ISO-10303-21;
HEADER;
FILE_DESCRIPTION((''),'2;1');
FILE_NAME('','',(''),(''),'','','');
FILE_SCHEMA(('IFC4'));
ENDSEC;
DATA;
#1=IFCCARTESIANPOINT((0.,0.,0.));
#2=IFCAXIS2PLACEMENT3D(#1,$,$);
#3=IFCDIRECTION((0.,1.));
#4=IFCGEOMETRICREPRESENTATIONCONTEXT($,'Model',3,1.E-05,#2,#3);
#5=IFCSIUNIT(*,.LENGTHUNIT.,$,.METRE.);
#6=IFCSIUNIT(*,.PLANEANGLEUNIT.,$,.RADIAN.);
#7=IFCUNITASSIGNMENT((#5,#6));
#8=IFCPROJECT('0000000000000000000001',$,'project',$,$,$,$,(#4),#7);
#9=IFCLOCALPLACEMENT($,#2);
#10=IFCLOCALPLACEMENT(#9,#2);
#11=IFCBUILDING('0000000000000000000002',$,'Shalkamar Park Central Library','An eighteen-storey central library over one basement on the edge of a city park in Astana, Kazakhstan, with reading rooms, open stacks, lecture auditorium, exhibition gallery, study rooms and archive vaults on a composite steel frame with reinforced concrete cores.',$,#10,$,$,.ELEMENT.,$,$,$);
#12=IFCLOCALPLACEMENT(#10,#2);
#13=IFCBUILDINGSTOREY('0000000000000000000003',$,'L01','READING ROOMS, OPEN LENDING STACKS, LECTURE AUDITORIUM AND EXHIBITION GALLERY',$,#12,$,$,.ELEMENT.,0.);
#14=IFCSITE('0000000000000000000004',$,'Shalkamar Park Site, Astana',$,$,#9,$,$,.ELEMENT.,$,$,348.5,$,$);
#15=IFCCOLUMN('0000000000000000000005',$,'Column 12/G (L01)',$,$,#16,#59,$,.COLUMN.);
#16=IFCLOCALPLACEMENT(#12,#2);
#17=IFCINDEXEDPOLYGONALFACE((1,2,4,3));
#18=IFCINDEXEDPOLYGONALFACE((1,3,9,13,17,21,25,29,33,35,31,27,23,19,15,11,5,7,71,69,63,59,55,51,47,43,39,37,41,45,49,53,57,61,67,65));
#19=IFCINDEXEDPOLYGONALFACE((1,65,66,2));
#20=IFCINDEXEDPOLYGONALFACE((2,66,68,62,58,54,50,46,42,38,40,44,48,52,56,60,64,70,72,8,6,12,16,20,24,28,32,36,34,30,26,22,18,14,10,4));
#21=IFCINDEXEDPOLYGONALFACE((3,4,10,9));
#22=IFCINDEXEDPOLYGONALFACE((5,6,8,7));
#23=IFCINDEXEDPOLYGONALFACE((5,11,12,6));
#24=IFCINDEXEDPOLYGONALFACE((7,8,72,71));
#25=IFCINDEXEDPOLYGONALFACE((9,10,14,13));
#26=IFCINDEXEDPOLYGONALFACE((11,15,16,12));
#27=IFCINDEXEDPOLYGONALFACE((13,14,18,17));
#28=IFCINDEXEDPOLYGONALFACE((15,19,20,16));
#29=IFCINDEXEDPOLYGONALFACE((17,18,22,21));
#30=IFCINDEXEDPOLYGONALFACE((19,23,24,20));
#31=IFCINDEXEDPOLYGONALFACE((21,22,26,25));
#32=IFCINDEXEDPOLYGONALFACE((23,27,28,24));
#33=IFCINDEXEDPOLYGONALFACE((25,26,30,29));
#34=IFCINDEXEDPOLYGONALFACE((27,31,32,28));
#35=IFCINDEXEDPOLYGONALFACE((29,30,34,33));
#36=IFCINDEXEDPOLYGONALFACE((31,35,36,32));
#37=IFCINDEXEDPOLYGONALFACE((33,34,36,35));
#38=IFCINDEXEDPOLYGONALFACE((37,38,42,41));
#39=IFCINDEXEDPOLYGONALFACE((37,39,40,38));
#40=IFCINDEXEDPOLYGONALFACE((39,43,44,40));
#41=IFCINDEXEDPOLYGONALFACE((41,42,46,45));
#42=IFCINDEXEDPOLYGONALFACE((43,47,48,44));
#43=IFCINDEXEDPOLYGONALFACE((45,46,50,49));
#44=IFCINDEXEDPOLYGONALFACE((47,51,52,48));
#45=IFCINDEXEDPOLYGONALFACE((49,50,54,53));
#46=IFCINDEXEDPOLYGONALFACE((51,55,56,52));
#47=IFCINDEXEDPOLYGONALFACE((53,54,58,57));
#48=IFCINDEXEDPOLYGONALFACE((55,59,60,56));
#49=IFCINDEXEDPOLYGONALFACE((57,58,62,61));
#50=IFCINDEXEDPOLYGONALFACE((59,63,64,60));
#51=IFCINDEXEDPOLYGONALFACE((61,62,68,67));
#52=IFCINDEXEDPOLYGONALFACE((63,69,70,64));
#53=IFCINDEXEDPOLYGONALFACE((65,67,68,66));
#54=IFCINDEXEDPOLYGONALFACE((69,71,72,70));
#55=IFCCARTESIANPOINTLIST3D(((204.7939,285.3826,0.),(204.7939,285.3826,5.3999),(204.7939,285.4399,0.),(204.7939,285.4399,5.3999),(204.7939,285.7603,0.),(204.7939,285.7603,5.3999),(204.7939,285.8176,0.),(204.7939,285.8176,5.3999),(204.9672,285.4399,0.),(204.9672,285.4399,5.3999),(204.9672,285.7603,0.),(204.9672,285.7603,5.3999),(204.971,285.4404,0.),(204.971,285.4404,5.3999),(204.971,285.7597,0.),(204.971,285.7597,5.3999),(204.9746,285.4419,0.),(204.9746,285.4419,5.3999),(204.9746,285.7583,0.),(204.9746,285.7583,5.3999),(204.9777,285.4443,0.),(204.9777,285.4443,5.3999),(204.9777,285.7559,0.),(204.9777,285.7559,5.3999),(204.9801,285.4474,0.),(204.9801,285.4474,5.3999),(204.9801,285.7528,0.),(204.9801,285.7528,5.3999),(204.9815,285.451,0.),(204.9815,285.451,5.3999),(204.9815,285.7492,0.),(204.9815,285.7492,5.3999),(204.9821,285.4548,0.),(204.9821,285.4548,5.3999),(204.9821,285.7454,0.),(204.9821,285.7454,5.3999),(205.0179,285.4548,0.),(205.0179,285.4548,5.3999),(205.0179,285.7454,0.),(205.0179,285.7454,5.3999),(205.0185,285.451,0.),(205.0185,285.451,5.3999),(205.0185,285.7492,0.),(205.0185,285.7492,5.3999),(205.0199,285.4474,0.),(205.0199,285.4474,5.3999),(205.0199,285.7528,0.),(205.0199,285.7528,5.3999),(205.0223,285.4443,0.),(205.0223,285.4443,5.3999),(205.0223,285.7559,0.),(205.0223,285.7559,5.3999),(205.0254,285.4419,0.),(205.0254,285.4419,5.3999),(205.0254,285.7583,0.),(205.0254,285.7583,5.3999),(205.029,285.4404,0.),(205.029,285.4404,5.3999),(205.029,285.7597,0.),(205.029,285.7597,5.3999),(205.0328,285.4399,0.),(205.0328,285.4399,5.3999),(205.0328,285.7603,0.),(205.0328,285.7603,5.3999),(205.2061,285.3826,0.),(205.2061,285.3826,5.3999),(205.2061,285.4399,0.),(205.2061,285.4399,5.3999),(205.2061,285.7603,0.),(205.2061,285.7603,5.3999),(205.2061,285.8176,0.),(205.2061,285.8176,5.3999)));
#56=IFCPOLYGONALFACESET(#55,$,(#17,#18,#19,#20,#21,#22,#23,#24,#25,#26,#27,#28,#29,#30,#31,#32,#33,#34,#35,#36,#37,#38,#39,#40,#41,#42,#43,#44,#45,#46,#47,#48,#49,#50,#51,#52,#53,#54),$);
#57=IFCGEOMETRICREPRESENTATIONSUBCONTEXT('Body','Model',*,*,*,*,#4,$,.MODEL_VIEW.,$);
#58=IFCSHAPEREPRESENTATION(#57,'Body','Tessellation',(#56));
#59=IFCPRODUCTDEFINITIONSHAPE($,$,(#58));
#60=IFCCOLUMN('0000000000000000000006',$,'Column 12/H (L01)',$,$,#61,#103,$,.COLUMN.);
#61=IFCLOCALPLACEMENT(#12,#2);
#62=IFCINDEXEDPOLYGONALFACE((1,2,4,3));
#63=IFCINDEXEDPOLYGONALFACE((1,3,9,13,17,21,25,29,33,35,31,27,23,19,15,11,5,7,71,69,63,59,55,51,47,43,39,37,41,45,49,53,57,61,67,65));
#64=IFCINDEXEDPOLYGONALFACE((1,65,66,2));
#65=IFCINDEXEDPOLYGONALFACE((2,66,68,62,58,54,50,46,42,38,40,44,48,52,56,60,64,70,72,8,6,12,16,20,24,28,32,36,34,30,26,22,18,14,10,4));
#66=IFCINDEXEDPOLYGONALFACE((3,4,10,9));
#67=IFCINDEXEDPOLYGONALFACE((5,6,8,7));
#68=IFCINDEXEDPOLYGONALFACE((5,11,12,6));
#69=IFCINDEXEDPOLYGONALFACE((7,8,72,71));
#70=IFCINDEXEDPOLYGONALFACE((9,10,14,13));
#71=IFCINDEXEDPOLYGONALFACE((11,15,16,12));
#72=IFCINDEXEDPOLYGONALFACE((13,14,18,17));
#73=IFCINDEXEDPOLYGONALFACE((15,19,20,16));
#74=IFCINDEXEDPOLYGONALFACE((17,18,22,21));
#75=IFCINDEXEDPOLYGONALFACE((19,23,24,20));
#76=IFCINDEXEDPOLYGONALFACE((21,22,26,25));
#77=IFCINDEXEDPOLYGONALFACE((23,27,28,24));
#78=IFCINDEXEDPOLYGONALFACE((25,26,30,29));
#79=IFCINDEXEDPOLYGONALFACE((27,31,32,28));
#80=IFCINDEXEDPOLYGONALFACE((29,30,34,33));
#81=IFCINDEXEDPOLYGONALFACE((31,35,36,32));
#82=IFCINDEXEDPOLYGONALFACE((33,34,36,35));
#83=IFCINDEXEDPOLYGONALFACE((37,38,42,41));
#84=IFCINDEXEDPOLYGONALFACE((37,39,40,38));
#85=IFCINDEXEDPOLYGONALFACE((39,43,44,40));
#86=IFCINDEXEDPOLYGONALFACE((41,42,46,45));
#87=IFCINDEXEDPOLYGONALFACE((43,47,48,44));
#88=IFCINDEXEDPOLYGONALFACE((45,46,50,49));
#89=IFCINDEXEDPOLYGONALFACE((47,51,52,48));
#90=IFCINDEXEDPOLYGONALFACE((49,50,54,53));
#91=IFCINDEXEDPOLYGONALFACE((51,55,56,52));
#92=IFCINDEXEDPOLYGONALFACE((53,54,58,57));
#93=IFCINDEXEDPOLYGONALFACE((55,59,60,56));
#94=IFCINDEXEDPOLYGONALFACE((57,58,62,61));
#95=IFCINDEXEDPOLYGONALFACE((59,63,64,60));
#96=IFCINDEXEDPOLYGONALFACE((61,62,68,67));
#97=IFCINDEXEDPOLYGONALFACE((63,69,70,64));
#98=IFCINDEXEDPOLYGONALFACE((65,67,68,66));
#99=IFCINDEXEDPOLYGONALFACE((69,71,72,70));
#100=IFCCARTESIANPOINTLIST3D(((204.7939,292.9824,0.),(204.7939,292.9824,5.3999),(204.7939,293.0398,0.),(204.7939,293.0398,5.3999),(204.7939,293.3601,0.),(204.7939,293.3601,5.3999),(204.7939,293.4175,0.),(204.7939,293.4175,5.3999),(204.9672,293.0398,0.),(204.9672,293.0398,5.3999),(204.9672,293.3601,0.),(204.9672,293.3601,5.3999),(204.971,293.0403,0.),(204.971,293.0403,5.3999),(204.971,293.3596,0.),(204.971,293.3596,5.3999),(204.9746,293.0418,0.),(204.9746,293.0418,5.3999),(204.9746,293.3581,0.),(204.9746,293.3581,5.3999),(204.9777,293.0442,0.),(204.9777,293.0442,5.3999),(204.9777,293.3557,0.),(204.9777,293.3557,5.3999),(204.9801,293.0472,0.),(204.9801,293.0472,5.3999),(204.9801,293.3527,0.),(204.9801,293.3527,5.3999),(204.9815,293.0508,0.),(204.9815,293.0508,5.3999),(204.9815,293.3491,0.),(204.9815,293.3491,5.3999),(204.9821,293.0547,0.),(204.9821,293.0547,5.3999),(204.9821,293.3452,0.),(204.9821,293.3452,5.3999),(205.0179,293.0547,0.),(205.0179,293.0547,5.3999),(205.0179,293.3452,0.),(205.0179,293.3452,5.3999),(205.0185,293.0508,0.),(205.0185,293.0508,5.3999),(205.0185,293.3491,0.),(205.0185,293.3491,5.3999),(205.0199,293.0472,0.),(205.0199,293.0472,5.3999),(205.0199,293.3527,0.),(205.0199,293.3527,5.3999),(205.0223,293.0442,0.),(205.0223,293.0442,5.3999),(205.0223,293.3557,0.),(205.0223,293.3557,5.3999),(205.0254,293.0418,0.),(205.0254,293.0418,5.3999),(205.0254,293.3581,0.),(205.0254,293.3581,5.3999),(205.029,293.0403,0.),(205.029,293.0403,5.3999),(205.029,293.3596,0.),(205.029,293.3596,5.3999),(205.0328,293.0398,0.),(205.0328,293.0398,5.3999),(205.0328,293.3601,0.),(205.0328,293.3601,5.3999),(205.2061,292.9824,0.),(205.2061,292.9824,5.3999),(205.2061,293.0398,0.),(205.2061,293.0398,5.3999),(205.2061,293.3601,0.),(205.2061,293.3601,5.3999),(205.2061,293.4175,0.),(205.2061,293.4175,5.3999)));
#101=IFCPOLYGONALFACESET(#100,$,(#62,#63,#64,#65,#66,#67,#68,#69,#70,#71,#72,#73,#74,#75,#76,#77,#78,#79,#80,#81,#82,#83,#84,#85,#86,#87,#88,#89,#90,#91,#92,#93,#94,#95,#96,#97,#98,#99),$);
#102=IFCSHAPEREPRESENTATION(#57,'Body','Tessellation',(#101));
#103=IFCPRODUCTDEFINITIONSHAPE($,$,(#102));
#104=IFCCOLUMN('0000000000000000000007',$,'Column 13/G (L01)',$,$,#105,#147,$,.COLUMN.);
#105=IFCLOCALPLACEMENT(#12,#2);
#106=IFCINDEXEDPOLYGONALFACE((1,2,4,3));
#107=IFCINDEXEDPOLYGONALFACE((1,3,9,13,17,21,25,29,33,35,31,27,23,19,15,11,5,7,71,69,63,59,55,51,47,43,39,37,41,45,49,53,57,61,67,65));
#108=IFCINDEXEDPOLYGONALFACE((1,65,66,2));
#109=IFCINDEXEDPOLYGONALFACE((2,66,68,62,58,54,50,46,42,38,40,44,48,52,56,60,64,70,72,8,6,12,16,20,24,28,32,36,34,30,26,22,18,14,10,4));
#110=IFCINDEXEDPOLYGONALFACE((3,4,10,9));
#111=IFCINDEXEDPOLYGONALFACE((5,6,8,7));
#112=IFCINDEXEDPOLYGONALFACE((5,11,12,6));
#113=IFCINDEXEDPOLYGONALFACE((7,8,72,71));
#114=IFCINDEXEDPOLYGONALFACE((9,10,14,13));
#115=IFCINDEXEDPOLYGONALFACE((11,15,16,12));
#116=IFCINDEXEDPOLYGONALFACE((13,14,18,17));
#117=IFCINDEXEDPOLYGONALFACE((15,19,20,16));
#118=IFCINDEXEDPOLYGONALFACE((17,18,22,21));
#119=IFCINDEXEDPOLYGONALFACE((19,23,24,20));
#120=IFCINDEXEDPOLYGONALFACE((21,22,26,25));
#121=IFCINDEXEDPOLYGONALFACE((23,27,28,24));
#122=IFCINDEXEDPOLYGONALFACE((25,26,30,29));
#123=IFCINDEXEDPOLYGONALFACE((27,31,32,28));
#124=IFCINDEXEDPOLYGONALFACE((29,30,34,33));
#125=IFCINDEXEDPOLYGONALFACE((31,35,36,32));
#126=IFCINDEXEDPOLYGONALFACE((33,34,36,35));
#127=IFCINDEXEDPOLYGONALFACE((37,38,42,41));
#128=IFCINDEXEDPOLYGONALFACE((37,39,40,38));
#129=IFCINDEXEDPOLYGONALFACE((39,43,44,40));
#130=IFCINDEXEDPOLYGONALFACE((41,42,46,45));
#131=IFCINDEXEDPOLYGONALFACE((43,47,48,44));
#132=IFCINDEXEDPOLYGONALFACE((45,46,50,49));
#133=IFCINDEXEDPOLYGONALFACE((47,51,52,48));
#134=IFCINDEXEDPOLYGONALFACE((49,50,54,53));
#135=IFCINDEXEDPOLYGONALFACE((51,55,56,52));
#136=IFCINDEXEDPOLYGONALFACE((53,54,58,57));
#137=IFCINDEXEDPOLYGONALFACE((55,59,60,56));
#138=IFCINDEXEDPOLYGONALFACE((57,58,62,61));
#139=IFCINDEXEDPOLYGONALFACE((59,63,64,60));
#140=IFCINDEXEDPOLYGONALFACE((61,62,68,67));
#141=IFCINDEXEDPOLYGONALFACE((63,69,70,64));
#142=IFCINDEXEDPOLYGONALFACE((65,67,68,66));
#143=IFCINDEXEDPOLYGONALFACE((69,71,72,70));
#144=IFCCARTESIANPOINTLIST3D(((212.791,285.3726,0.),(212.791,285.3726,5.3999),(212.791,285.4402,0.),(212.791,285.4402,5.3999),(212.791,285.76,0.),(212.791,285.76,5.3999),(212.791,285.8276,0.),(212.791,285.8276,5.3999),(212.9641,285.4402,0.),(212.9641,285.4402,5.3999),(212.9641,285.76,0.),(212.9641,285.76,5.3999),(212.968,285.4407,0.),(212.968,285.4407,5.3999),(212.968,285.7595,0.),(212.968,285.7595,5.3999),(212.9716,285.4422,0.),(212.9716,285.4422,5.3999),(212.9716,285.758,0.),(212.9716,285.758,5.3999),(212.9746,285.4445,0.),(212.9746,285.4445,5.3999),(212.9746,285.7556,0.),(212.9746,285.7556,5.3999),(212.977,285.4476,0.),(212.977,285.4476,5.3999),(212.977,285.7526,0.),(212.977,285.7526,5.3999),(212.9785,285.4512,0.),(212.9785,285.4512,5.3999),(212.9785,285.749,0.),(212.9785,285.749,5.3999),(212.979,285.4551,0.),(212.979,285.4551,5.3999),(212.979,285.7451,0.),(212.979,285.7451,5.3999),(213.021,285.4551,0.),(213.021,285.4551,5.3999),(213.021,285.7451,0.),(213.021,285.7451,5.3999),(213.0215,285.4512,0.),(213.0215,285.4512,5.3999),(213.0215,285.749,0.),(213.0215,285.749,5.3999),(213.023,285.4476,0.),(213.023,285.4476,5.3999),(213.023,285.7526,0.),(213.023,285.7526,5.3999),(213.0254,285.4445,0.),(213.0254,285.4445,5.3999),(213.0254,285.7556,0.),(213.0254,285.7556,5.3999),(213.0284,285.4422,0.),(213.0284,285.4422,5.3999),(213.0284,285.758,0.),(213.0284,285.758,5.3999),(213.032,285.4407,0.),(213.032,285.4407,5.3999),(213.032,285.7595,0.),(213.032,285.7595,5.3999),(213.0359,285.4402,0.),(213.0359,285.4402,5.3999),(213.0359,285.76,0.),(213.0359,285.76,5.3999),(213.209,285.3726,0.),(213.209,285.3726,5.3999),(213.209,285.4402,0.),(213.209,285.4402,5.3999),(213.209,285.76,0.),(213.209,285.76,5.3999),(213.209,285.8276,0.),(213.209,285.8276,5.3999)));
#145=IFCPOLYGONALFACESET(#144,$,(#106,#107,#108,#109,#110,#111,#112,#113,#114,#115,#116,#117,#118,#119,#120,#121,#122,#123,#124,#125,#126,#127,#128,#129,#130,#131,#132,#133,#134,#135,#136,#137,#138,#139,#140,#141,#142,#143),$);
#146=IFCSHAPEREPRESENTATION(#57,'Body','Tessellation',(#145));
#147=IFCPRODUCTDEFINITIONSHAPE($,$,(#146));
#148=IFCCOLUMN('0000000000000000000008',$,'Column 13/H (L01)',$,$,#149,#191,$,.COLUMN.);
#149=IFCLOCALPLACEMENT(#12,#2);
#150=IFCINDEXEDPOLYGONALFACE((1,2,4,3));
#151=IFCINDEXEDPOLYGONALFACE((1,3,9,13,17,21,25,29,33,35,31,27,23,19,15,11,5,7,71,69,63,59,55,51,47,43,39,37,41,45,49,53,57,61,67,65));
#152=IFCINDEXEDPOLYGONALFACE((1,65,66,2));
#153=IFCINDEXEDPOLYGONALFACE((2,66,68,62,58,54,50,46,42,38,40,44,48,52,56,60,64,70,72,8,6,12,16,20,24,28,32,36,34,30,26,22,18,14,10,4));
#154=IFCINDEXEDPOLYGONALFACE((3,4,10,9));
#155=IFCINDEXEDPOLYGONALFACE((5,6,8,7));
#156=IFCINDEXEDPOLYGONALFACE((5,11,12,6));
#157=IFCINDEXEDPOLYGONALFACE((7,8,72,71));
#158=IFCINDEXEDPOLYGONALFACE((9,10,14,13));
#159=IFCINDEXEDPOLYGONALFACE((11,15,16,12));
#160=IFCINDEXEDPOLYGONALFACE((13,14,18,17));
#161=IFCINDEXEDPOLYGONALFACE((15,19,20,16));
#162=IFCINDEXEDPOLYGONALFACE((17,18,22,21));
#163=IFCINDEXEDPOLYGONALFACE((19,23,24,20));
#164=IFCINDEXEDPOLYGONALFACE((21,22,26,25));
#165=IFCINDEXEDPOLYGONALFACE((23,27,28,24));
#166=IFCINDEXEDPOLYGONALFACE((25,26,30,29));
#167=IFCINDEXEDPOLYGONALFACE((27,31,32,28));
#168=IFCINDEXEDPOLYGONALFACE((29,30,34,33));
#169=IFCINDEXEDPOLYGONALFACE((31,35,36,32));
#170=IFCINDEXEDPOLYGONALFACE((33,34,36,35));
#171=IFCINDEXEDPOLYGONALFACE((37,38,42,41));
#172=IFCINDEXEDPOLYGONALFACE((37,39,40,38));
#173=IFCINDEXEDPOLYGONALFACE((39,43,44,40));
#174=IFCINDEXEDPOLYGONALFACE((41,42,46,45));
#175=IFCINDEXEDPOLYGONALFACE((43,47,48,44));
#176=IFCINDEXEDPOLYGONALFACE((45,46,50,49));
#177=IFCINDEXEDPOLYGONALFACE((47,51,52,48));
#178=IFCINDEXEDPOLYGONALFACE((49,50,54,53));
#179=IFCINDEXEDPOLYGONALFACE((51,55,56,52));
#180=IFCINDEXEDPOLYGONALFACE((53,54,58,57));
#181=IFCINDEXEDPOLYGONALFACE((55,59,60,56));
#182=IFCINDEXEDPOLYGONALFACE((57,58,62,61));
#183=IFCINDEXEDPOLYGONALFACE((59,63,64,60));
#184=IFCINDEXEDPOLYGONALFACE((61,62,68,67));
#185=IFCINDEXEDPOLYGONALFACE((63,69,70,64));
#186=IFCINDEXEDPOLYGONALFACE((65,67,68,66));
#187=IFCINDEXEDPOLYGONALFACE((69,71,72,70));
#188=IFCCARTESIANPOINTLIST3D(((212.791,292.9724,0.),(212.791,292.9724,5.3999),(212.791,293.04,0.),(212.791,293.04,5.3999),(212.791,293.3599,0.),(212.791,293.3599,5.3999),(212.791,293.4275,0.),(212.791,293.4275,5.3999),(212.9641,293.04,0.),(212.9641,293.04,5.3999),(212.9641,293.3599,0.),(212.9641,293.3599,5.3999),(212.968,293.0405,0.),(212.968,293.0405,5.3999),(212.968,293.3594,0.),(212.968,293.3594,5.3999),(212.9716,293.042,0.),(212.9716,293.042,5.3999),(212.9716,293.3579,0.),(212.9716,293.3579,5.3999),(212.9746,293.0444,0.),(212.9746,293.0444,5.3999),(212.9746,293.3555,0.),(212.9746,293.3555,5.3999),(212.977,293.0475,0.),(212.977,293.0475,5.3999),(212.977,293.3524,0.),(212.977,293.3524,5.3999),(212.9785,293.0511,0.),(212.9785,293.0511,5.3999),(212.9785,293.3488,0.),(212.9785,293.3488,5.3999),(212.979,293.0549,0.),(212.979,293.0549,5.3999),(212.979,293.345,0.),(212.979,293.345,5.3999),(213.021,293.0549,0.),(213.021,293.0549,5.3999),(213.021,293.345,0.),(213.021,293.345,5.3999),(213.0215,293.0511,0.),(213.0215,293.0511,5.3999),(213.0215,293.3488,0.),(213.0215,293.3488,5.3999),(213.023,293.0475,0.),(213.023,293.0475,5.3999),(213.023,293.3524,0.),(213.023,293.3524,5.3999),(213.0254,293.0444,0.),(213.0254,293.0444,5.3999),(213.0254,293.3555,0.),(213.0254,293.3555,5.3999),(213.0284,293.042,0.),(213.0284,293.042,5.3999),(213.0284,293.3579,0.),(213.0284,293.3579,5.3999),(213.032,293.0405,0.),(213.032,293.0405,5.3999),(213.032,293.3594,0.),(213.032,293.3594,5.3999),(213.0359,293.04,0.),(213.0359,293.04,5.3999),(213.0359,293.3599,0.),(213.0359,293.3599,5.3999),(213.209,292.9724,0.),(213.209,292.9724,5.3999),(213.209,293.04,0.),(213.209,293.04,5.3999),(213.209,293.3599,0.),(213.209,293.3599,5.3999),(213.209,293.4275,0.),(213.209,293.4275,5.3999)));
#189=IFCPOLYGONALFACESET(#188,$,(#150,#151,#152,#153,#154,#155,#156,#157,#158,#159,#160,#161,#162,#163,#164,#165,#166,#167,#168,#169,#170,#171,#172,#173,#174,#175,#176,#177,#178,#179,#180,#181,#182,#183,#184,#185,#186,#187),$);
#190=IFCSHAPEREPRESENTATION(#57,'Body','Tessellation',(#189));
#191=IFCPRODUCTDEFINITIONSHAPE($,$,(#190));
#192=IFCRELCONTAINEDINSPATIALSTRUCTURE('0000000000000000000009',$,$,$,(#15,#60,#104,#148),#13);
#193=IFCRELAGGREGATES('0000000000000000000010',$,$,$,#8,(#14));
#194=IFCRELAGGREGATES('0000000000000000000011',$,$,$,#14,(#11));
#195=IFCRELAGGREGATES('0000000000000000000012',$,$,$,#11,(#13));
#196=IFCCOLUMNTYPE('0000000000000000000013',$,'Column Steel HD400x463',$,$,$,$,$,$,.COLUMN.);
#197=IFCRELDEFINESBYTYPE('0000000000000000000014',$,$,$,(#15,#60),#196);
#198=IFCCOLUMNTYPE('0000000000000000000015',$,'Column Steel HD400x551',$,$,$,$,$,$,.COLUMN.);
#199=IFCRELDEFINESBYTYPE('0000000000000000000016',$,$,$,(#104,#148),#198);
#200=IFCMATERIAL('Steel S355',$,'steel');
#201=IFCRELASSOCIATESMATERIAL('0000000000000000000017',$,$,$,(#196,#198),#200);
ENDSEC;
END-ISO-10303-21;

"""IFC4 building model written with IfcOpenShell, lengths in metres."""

from ifc_helpers import new_model, si_unit, direction, frame, origin, origin_2d, place, context, subcontext, project, spatial, i_section, extrude, material, material_profile, profile_set, type_object, element, save


model = new_model("IFC4")

# Units and contexts
model_context = context("Model", 3, precision=1e-05, world=origin(), true_north=direction((0.0, 1.0)))
body_context = subcontext(model_context, "Body", "Model", "MODEL_VIEW")
ifc_project = project(units=[si_unit("LENGTHUNIT", "METRE"), si_unit("PLANEANGLEUNIT", "RADIAN")], contexts=[model_context])

# Site, building, storey
site_placement = place(None, origin())
site = spatial("IfcSite", under=ifc_project, at=site_placement, Name="Shalkamar Park Site, Astana", CompositionType="ELEMENT", RefElevation=348.5)
building_placement = place(site_placement, origin())
building = spatial("IfcBuilding", under=site, at=building_placement, Name="Shalkamar Park Central Library", Description="An eighteen-storey central library over one basement on the edge of a city park in Astana, Kazakhstan, with reading rooms, open stacks, lecture auditorium, exhibition gallery, study rooms and archive vaults on a composite steel frame with reinforced concrete cores.", CompositionType="ELEMENT")
storey_placement = place(building_placement, origin())
storey = spatial("IfcBuildingStorey", under=building, at=storey_placement, Name="L01", Description="READING ROOMS, OPEN LENDING STACKS, LECTURE AUDITORIUM AND EXHIBITION GALLERY", CompositionType="ELEMENT", Elevation=0.0)

# Columns
ifc_material = material(Name="Steel S355", Category="steel")
ifc_material_profile_1 = material_profile(ifc_material, i_section(OverallWidth=0.4121, OverallDepth=0.4351, WebThickness=0.0359, FlangeThickness=0.0574, FilletRadius=0.0149, at=origin_2d()), Name="HD 400x463")
ifc_profile_set_1 = profile_set([ifc_material_profile_1], Name="Steel S355")
column_type_1 = type_object("IfcColumnType", Name="Column Steel HD400x463", PredefinedType="COLUMN", material=ifc_profile_set_1)
for number, where, z_axis, x_axis, name in (
    (1, (205.0, 285.6001, 0.0), (0.0, 0.0, 1.0), (1.0, 0.0, 0.0), "Column 12/G (L01)"),
    (2, (205.0, 293.2, 0.0), (0.0, 0.0, 1.0), (1.0, 0.0, 0.0), "Column 12/H (L01)"),
):
    element("IfcColumn", number, at=place(storey_placement, frame(where, z_axis=z_axis, x_axis=x_axis)), inside=storey, type_object=column_type_1, Name=name, PredefinedType="COLUMN", context=body_context, shape_type="SweptSolid", body=[
        extrude(i_section(OverallWidth=0.4121, OverallDepth=0.4351, WebThickness=0.0359, FlangeThickness=0.0574, FilletRadius=0.0149, at=origin_2d()), origin(), (0.0, 0.0, 1.0), 5.3999),
    ])
ifc_material_profile_2 = material_profile(ifc_material, i_section(OverallWidth=0.418, OverallDepth=0.4551, WebThickness=0.042, FlangeThickness=0.0676, FilletRadius=0.0149, at=origin_2d()), Name="HD 400x551")
ifc_profile_set_2 = profile_set([ifc_material_profile_2], Name="Steel S355")
column_type_2 = type_object("IfcColumnType", Name="Column Steel HD400x551", PredefinedType="COLUMN", material=ifc_profile_set_2)
for number, where, z_axis, x_axis, name in (
    (3, (213.0, 285.6001, 0.0), (0.0, 0.0, 1.0), (1.0, 0.0, 0.0), "Column 13/G (L01)"),
    (4, (213.0, 293.2, 0.0), (0.0, 0.0, 1.0), (1.0, 0.0, 0.0), "Column 13/H (L01)"),
):
    element("IfcColumn", number, at=place(storey_placement, frame(where, z_axis=z_axis, x_axis=x_axis)), inside=storey, type_object=column_type_2, Name=name, PredefinedType="COLUMN", context=body_context, shape_type="SweptSolid", body=[
        extrude(i_section(OverallWidth=0.418, OverallDepth=0.4551, WebThickness=0.042, FlangeThickness=0.0676, FilletRadius=0.0149, at=origin_2d()), origin(), (0.0, 0.0, 1.0), 5.3999),
    ])

save(model, "model.ifc")
